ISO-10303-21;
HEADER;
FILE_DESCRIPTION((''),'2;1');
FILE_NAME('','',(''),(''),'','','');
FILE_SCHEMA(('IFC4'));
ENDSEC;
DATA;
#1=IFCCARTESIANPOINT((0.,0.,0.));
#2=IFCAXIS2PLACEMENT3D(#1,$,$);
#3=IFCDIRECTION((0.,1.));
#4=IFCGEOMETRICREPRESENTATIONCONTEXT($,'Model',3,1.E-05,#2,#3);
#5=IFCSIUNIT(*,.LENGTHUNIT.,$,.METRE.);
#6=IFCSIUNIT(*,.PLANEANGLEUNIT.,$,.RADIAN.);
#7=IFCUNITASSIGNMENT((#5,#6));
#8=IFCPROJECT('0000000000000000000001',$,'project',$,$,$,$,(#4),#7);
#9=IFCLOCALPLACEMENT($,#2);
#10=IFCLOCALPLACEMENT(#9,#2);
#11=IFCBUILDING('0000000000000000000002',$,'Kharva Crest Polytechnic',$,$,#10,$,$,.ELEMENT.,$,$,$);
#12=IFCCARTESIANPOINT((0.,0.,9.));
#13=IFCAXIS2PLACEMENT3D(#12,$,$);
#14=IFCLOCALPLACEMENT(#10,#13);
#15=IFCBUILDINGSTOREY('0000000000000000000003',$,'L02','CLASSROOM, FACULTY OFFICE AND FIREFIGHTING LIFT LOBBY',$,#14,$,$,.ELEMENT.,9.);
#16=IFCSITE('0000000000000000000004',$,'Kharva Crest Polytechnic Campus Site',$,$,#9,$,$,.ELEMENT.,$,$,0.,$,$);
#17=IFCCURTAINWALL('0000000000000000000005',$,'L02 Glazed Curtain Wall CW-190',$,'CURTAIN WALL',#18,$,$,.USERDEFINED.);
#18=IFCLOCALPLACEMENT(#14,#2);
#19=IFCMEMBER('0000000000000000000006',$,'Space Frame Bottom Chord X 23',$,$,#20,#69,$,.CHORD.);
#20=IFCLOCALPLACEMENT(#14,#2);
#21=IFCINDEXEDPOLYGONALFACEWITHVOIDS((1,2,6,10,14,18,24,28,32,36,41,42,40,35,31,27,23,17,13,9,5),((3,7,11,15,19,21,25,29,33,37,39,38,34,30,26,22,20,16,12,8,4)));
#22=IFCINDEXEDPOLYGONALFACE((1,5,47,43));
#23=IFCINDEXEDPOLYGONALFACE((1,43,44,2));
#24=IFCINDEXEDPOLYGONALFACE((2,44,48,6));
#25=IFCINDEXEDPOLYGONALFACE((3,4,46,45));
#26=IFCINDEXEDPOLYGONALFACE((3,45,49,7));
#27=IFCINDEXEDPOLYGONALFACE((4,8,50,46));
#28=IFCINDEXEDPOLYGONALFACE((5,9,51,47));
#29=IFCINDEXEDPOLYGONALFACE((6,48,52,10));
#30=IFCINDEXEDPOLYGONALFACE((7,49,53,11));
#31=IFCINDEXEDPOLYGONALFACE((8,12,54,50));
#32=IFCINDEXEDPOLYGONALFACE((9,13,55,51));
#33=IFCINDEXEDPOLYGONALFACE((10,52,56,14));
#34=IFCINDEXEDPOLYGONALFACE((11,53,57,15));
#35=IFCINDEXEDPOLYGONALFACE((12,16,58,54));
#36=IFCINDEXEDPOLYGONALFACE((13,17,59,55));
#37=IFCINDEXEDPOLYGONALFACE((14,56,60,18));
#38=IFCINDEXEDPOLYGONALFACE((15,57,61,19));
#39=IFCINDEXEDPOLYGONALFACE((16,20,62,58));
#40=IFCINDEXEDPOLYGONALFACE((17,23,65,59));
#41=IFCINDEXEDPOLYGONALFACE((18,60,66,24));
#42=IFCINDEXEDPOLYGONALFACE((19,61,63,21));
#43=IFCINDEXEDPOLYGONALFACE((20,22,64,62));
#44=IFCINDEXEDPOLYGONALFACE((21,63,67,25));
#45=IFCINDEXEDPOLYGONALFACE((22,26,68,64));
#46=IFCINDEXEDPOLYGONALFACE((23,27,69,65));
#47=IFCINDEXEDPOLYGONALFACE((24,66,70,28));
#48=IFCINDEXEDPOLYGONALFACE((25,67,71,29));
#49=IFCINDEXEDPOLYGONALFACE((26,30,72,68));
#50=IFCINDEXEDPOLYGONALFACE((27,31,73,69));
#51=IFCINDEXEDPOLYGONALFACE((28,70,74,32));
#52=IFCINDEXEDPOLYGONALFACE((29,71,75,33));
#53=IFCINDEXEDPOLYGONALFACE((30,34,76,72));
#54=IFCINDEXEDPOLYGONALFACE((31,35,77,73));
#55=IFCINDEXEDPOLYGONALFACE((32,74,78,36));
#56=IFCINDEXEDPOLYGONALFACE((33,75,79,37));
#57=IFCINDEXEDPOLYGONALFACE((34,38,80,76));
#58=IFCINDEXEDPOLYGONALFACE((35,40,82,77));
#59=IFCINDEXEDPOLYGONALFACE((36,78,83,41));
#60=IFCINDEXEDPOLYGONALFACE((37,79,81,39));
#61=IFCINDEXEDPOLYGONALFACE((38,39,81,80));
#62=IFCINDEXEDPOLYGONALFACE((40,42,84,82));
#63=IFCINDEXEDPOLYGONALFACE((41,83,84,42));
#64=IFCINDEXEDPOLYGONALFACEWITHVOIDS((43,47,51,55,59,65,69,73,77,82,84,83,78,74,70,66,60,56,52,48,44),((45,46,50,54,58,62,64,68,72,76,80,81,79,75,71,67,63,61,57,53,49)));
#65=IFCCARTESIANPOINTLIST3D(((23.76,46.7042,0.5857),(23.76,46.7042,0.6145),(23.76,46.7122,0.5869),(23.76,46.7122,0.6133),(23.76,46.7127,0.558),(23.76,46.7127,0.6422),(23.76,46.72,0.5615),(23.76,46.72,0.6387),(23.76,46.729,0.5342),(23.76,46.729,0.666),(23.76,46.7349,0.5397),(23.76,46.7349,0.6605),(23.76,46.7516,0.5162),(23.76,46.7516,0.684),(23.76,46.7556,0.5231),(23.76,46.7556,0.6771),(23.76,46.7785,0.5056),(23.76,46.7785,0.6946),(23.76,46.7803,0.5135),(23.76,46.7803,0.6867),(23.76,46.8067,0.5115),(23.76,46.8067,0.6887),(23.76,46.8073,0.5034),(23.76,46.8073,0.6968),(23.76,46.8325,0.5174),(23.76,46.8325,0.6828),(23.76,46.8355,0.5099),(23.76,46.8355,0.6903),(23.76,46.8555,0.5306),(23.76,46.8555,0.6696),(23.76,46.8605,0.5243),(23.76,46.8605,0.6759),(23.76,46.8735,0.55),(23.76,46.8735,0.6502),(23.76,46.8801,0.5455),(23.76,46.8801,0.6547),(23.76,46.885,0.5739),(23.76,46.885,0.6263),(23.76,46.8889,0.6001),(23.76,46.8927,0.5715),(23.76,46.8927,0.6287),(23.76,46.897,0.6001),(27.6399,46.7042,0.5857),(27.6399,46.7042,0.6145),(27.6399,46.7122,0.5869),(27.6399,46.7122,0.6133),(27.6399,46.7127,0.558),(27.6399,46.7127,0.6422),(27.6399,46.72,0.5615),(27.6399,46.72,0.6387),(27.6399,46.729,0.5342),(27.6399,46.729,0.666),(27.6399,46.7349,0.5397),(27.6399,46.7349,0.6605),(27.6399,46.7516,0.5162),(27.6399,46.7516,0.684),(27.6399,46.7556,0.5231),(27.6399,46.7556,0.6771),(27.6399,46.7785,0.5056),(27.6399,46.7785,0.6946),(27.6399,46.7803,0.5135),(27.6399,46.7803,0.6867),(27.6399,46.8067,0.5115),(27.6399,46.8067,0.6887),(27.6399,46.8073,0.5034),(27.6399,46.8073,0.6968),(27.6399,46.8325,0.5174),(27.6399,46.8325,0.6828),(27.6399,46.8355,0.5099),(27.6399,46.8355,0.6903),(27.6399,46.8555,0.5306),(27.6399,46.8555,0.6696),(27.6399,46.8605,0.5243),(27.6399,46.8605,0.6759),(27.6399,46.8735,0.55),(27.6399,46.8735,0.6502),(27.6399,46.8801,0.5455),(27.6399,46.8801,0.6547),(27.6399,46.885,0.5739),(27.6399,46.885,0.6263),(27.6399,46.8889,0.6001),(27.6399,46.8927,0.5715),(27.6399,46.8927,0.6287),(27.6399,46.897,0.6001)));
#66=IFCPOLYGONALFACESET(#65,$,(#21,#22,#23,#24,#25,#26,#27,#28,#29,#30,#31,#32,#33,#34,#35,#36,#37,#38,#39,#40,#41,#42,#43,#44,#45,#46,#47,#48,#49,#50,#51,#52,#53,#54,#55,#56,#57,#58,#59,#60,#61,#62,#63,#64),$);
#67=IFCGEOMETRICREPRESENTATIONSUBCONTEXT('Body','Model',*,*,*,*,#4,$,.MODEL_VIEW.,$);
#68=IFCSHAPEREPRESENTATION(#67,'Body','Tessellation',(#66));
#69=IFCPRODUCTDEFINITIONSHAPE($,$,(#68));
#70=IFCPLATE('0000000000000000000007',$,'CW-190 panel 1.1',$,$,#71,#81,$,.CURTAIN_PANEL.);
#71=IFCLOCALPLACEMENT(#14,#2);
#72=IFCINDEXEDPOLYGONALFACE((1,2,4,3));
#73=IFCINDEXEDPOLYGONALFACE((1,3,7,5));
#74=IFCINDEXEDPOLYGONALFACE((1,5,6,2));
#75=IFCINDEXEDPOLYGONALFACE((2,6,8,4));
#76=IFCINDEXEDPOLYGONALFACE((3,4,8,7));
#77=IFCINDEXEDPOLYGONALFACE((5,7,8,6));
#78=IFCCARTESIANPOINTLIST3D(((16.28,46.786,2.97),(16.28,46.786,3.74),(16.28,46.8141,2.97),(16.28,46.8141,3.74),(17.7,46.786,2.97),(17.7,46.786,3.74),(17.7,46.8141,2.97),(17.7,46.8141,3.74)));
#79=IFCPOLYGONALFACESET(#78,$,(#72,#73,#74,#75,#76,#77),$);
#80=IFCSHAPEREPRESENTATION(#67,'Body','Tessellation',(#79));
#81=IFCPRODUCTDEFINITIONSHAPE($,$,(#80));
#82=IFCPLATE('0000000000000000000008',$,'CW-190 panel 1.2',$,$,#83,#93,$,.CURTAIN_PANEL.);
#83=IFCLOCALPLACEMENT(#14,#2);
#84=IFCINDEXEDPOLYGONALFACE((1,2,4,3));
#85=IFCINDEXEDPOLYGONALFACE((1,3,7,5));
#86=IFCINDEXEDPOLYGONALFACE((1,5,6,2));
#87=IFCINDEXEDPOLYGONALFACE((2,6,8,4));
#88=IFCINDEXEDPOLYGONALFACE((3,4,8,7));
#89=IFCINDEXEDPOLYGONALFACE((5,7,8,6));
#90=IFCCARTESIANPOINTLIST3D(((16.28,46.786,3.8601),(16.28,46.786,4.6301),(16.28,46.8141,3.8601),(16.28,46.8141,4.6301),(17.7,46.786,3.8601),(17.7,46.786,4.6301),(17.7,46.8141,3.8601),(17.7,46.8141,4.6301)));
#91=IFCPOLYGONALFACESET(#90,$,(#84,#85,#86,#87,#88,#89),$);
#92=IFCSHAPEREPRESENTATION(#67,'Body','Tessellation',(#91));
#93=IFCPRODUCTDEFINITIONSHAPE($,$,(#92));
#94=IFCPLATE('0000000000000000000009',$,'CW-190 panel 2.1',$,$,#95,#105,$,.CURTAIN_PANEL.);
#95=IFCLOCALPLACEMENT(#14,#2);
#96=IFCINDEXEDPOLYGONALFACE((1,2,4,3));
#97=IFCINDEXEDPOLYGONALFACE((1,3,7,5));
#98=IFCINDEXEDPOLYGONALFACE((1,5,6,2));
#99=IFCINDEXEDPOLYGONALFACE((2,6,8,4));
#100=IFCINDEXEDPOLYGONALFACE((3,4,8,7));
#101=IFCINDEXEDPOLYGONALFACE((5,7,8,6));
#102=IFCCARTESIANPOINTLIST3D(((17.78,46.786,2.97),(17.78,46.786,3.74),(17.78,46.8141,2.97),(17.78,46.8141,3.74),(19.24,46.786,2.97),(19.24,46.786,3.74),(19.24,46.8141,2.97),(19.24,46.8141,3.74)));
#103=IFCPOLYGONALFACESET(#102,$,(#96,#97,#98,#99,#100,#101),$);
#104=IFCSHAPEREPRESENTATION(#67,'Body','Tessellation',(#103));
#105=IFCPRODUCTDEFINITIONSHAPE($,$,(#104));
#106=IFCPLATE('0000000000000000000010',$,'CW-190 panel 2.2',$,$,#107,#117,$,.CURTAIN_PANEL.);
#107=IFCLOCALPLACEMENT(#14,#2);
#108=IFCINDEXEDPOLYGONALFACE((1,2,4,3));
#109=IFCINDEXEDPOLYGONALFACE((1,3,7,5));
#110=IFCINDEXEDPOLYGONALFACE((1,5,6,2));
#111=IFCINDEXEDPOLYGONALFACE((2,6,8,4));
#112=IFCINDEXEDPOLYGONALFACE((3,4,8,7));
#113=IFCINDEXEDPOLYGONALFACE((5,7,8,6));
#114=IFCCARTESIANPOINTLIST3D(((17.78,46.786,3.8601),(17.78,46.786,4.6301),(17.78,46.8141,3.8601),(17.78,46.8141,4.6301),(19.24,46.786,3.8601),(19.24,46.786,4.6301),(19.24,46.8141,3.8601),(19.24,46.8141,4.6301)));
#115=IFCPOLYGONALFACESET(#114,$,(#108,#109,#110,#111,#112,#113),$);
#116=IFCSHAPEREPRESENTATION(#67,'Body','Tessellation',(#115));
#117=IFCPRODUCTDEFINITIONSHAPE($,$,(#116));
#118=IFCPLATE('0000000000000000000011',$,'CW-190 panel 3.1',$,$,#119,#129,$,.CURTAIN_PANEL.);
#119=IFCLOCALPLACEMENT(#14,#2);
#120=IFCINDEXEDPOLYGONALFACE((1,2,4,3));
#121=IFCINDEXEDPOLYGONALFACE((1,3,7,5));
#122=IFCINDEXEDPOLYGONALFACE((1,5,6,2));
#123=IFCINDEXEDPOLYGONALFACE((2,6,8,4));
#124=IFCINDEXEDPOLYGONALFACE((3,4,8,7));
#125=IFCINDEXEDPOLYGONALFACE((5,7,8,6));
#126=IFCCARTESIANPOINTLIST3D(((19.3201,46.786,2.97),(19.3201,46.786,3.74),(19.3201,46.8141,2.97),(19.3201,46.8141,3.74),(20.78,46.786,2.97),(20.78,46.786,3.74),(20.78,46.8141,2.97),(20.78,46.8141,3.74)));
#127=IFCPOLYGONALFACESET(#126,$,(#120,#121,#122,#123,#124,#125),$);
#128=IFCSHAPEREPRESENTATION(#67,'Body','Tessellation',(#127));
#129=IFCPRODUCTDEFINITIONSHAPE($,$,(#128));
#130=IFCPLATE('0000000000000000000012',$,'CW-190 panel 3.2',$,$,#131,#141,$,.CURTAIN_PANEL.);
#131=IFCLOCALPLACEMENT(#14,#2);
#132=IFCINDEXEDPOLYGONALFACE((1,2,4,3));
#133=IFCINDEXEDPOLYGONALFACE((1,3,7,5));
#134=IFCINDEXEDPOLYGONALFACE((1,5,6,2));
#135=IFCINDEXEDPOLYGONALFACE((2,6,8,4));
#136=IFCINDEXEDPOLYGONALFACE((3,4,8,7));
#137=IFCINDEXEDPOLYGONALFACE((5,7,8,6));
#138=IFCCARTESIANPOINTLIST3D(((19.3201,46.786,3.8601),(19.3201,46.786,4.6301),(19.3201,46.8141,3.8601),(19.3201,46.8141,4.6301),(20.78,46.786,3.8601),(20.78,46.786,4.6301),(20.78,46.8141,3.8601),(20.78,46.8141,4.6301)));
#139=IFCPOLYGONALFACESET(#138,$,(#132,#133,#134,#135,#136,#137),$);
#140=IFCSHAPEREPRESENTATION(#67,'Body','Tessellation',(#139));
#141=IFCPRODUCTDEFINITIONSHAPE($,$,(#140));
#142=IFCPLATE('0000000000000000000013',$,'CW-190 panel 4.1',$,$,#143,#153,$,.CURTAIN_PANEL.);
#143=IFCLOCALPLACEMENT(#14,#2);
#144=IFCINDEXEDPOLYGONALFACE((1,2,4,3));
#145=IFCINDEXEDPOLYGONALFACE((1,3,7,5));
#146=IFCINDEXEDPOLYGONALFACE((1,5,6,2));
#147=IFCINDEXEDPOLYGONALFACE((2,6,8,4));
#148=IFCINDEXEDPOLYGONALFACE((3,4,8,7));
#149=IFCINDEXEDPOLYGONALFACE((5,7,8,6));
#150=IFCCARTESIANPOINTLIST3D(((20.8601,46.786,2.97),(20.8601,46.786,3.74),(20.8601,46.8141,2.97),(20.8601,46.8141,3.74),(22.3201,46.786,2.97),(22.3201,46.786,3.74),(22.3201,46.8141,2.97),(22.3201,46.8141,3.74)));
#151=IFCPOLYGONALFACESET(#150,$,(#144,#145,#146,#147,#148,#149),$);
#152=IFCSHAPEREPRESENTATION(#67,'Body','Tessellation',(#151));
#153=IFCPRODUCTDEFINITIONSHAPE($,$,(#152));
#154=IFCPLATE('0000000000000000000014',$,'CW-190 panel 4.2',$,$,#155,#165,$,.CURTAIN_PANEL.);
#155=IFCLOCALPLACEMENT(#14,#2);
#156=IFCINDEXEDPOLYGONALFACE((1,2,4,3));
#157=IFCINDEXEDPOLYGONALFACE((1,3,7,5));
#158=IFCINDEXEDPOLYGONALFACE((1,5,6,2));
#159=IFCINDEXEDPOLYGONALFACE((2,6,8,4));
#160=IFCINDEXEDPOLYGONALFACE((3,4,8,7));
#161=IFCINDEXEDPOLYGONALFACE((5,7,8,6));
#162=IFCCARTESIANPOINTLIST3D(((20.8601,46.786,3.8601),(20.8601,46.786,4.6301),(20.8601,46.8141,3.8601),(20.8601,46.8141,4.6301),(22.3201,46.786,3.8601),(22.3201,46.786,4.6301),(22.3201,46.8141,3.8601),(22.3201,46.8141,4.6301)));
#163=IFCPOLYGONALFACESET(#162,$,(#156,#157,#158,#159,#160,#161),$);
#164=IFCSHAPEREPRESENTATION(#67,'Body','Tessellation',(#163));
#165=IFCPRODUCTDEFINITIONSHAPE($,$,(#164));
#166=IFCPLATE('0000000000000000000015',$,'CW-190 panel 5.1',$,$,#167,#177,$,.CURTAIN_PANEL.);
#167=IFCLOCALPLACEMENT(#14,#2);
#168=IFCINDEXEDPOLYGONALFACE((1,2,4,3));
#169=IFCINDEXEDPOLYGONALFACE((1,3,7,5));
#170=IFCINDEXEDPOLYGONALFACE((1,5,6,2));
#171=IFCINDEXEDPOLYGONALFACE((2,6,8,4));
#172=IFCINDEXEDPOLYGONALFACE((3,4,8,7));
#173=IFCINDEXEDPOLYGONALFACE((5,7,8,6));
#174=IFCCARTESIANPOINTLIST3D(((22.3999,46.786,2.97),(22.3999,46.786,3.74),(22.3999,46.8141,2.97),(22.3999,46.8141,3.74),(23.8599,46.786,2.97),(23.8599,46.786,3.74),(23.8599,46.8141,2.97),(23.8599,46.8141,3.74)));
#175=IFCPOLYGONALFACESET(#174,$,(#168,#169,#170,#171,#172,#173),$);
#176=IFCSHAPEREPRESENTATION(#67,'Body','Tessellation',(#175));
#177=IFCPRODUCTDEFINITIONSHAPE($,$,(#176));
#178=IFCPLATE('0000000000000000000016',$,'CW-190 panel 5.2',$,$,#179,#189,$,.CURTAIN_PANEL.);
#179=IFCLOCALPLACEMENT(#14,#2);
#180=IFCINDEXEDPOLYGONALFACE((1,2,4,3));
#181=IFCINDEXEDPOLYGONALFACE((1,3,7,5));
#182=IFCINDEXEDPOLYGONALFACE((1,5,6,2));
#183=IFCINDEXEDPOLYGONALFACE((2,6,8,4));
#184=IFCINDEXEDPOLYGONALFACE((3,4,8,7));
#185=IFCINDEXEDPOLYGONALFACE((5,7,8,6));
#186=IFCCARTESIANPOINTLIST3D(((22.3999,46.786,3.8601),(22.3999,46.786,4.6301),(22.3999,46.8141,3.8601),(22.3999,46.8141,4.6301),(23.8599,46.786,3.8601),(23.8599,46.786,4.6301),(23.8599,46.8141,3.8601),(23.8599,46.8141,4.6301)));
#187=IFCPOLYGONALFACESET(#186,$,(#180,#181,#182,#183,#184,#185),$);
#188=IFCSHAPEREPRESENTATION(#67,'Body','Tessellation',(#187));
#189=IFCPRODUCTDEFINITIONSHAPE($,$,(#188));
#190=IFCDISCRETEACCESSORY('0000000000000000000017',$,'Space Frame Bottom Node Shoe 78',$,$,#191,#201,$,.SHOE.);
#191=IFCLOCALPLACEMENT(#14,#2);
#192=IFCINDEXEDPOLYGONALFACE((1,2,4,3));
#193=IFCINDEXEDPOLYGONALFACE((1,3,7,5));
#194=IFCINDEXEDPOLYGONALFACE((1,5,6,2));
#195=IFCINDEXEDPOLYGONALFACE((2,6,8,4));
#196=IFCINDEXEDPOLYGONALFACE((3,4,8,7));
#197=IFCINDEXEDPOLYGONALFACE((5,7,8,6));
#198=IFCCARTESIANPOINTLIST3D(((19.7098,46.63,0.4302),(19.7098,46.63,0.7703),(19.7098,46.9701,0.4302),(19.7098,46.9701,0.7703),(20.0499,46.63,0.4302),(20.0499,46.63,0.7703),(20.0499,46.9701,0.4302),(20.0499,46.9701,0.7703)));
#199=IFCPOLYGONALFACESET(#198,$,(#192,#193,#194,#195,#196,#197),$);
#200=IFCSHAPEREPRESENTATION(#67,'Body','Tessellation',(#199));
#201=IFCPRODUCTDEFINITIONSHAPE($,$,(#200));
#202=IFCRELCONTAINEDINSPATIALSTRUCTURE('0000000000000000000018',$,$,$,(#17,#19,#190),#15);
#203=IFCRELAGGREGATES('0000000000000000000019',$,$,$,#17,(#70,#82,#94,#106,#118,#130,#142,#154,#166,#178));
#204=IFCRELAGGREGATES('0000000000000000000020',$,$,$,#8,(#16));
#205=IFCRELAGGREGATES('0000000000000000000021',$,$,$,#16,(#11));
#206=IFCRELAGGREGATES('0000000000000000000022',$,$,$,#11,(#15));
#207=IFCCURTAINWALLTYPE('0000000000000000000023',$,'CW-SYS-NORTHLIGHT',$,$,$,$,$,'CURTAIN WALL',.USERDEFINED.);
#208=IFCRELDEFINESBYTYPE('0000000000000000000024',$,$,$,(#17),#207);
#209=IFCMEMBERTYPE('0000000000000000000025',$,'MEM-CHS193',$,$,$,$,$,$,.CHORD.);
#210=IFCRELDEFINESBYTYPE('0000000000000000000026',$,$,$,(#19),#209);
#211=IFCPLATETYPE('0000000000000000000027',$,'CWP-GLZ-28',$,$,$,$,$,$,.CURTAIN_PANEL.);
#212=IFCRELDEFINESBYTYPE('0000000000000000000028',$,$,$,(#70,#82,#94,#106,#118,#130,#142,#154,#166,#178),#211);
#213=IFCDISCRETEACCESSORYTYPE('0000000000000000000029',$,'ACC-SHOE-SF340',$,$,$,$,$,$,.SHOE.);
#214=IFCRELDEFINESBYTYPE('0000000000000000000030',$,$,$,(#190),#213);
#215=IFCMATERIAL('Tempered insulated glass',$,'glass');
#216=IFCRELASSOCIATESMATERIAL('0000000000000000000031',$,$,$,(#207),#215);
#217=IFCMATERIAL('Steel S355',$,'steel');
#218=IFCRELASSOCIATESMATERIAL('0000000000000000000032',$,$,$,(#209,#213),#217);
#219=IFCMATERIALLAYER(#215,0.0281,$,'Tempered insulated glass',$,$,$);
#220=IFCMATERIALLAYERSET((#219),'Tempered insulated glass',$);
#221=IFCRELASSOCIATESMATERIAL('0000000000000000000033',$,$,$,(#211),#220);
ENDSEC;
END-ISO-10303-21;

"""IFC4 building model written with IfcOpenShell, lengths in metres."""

from ifc_helpers import new_model, si_unit, direction, frame, origin, origin_2d, place, context, subcontext, project, spatial, rectangle, hollow_circle, extrude, material, layer, layer_set, material_profile, profile_set, type_object, element, aggregate, save


model = new_model("IFC4")

# Units and contexts
model_context = context("Model", 3, precision=1e-05, world=origin(), true_north=direction((0.0, 1.0)))
body_context = subcontext(model_context, "Body", "Model", "MODEL_VIEW")
ifc_project = project(units=[si_unit("LENGTHUNIT", "METRE"), si_unit("PLANEANGLEUNIT", "RADIAN")], contexts=[model_context])

# Site, building, storey
site_placement = place(None, origin())
site = spatial("IfcSite", under=ifc_project, at=site_placement, Name="Kharva Crest Polytechnic Campus Site", CompositionType="ELEMENT", RefElevation=0.0)
building_placement = place(site_placement, origin())
building = spatial("IfcBuilding", under=site, at=building_placement, Name="Kharva Crest Polytechnic", CompositionType="ELEMENT")
storey_placement = place(building_placement, frame((0.0, 0.0, 9.0)))
storey = spatial("IfcBuildingStorey", under=building, at=storey_placement, Name="L02", Description="CLASSROOM, FACULTY OFFICE AND FIREFIGHTING LIFT LOBBY", CompositionType="ELEMENT", Elevation=9.0)

# Curtain wall
ifc_material_1 = material(Name="Tempered insulated glass", Category="glass")
curtain_wall_type = type_object("IfcCurtainWallType", Name="CW-SYS-NORTHLIGHT", ElementType="CURTAIN WALL", PredefinedType="USERDEFINED", material=ifc_material_1)
curtain_wall_placement = place(storey_placement, origin())
curtain_wall = element("IfcCurtainWall", 1, at=curtain_wall_placement, inside=storey, type_object=curtain_wall_type, Name="L02 Glazed Curtain Wall CW-190", ObjectType="CURTAIN WALL", PredefinedType="USERDEFINED")
ifc_material_2 = material(Name="Steel S355", Category="steel")

# Member
ifc_material_profile_1 = material_profile(ifc_material_2, hollow_circle(Radius=0.0969, WallThickness=0.0081, at=origin_2d()), Name="CHS 193.7X8.0")
ifc_profile_set_1 = profile_set([ifc_material_profile_1], Name="Steel S355")
member_type_1 = type_object("IfcMemberType", Name="MEM-CHS193", PredefinedType="CHORD", material=ifc_profile_set_1)
member_1_placement = place(storey_placement, frame((23.76, 46.8, 0.6001), z_axis=(1.0, 0.0, 0.0), x_axis=(0.0, 1.0, 0.0)))
element("IfcMember", 2, at=member_1_placement, inside=storey, type_object=member_type_1, Name="Space Frame Bottom Chord X 23", PredefinedType="CHORD", context=body_context, shape_type="SweptSolid", body=[
    extrude(hollow_circle(Radius=0.0969, WallThickness=0.0081, at=origin_2d()), origin(), (0.0, 0.0, 1.0), 3.8799),
])

# Plates
ifc_layer = layer(ifc_material_1, 0.0281, Name="Tempered insulated glass")
ifc_layer_set = layer_set([ifc_layer], Name="Tempered insulated glass")
plate_type = type_object("IfcPlateType", Name="CWP-GLZ-28", PredefinedType="CURTAIN_PANEL", material=ifc_layer_set)
plate_1_placement = place(storey_placement, frame((16.99, 46.8, 2.97), z_axis=(0.0, 0.0, 1.0), x_axis=(1.0, 0.0, 0.0)))
plate_1 = element("IfcPlate", 3, at=plate_1_placement, type_object=plate_type, Name="CW-190 panel 1.1", PredefinedType="CURTAIN_PANEL", context=body_context, shape_type="SweptSolid", body=[
    extrude(rectangle(XDim=1.4199, YDim=0.0281, at=origin_2d()), origin(), (0.0, 0.0, 1.0), 0.77),
])
plate_2_placement = place(storey_placement, frame((16.99, 46.8, 3.8601), z_axis=(0.0, 0.0, 1.0), x_axis=(1.0, 0.0, 0.0)))
plate_2 = element("IfcPlate", 4, at=plate_2_placement, type_object=plate_type, Name="CW-190 panel 1.2", PredefinedType="CURTAIN_PANEL", context=body_context, shape_type="SweptSolid", body=[
    extrude(rectangle(XDim=1.4199, YDim=0.0281, at=origin_2d()), origin(), (0.0, 0.0, 1.0), 0.77),
])
plate_3_placement = place(storey_placement, frame((18.51, 46.8, 2.97), z_axis=(0.0, 0.0, 1.0), x_axis=(1.0, 0.0, 0.0)))
plate_3 = element("IfcPlate", 5, at=plate_3_placement, type_object=plate_type, Name="CW-190 panel 2.1", PredefinedType="CURTAIN_PANEL", context=body_context, shape_type="SweptSolid", body=[
    extrude(rectangle(XDim=1.46, YDim=0.0281, at=origin_2d()), origin(), (0.0, 0.0, 1.0), 0.77),
])
plate_4_placement = place(storey_placement, frame((18.51, 46.8, 3.8601), z_axis=(0.0, 0.0, 1.0), x_axis=(1.0, 0.0, 0.0)))
plate_4 = element("IfcPlate", 6, at=plate_4_placement, type_object=plate_type, Name="CW-190 panel 2.2", PredefinedType="CURTAIN_PANEL", context=body_context, shape_type="SweptSolid", body=[
    extrude(rectangle(XDim=1.46, YDim=0.0281, at=origin_2d()), origin(), (0.0, 0.0, 1.0), 0.77),
])
plate_5_placement = place(storey_placement, frame((20.05, 46.8, 2.97), z_axis=(0.0, 0.0, 1.0), x_axis=(1.0, 0.0, 0.0)))
plate_5 = element("IfcPlate", 7, at=plate_5_placement, type_object=plate_type, Name="CW-190 panel 3.1", PredefinedType="CURTAIN_PANEL", context=body_context, shape_type="SweptSolid", body=[
    extrude(rectangle(XDim=1.46, YDim=0.0281, at=origin_2d()), origin(), (0.0, 0.0, 1.0), 0.77),
])
plate_6_placement = place(storey_placement, frame((20.05, 46.8, 3.8601), z_axis=(0.0, 0.0, 1.0), x_axis=(1.0, 0.0, 0.0)))
plate_6 = element("IfcPlate", 8, at=plate_6_placement, type_object=plate_type, Name="CW-190 panel 3.2", PredefinedType="CURTAIN_PANEL", context=body_context, shape_type="SweptSolid", body=[
    extrude(rectangle(XDim=1.46, YDim=0.0281, at=origin_2d()), origin(), (0.0, 0.0, 1.0), 0.77),
])
plate_7_placement = place(storey_placement, frame((21.5901, 46.8, 2.97), z_axis=(0.0, 0.0, 1.0), x_axis=(1.0, 0.0, 0.0)))
plate_7 = element("IfcPlate", 9, at=plate_7_placement, type_object=plate_type, Name="CW-190 panel 4.1", PredefinedType="CURTAIN_PANEL", context=body_context, shape_type="SweptSolid", body=[
    extrude(rectangle(XDim=1.46, YDim=0.0281, at=origin_2d()), origin(), (0.0, 0.0, 1.0), 0.77),
])
plate_8_placement = place(storey_placement, frame((21.5901, 46.8, 3.8601), z_axis=(0.0, 0.0, 1.0), x_axis=(1.0, 0.0, 0.0)))
plate_8 = element("IfcPlate", 10, at=plate_8_placement, type_object=plate_type, Name="CW-190 panel 4.2", PredefinedType="CURTAIN_PANEL", context=body_context, shape_type="SweptSolid", body=[
    extrude(rectangle(XDim=1.46, YDim=0.0281, at=origin_2d()), origin(), (0.0, 0.0, 1.0), 0.77),
])
plate_9_placement = place(storey_placement, frame((23.1299, 46.8, 2.97), z_axis=(0.0, 0.0, 1.0), x_axis=(1.0, 0.0, 0.0)))
plate_9 = element("IfcPlate", 11, at=plate_9_placement, type_object=plate_type, Name="CW-190 panel 5.1", PredefinedType="CURTAIN_PANEL", context=body_context, shape_type="SweptSolid", body=[
    extrude(rectangle(XDim=1.46, YDim=0.0281, at=origin_2d()), origin(), (0.0, 0.0, 1.0), 0.77),
])
plate_10_placement = place(storey_placement, frame((23.1299, 46.8, 3.8601), z_axis=(0.0, 0.0, 1.0), x_axis=(1.0, 0.0, 0.0)))
plate_10 = element("IfcPlate", 12, at=plate_10_placement, type_object=plate_type, Name="CW-190 panel 5.2", PredefinedType="CURTAIN_PANEL", context=body_context, shape_type="SweptSolid", body=[
    extrude(rectangle(XDim=1.46, YDim=0.0281, at=origin_2d()), origin(), (0.0, 0.0, 1.0), 0.77),
])
aggregate(curtain_wall, [plate_1, plate_2, plate_3, plate_4, plate_5, plate_6, plate_7, plate_8, plate_9, plate_10])

# Discrete accessory
discrete_accessory_type = type_object("IfcDiscreteAccessoryType", Name="ACC-SHOE-SF340", PredefinedType="SHOE", material=ifc_material_2)
discrete_accessory_placement = place(storey_placement, frame((19.8799, 46.8, 0.4302), z_axis=(0.0, 0.0, 1.0), x_axis=(1.0, 0.0, 0.0)))
element("IfcDiscreteAccessory", 13, at=discrete_accessory_placement, inside=storey, type_object=discrete_accessory_type, Name="Space Frame Bottom Node Shoe 78", PredefinedType="SHOE", context=body_context, shape_type="SweptSolid", body=[
    extrude(rectangle(XDim=0.3401, YDim=0.3401, at=origin_2d()), origin(), (0.0, 0.0, 1.0), 0.3401),
])

save(model, "model.ifc")
